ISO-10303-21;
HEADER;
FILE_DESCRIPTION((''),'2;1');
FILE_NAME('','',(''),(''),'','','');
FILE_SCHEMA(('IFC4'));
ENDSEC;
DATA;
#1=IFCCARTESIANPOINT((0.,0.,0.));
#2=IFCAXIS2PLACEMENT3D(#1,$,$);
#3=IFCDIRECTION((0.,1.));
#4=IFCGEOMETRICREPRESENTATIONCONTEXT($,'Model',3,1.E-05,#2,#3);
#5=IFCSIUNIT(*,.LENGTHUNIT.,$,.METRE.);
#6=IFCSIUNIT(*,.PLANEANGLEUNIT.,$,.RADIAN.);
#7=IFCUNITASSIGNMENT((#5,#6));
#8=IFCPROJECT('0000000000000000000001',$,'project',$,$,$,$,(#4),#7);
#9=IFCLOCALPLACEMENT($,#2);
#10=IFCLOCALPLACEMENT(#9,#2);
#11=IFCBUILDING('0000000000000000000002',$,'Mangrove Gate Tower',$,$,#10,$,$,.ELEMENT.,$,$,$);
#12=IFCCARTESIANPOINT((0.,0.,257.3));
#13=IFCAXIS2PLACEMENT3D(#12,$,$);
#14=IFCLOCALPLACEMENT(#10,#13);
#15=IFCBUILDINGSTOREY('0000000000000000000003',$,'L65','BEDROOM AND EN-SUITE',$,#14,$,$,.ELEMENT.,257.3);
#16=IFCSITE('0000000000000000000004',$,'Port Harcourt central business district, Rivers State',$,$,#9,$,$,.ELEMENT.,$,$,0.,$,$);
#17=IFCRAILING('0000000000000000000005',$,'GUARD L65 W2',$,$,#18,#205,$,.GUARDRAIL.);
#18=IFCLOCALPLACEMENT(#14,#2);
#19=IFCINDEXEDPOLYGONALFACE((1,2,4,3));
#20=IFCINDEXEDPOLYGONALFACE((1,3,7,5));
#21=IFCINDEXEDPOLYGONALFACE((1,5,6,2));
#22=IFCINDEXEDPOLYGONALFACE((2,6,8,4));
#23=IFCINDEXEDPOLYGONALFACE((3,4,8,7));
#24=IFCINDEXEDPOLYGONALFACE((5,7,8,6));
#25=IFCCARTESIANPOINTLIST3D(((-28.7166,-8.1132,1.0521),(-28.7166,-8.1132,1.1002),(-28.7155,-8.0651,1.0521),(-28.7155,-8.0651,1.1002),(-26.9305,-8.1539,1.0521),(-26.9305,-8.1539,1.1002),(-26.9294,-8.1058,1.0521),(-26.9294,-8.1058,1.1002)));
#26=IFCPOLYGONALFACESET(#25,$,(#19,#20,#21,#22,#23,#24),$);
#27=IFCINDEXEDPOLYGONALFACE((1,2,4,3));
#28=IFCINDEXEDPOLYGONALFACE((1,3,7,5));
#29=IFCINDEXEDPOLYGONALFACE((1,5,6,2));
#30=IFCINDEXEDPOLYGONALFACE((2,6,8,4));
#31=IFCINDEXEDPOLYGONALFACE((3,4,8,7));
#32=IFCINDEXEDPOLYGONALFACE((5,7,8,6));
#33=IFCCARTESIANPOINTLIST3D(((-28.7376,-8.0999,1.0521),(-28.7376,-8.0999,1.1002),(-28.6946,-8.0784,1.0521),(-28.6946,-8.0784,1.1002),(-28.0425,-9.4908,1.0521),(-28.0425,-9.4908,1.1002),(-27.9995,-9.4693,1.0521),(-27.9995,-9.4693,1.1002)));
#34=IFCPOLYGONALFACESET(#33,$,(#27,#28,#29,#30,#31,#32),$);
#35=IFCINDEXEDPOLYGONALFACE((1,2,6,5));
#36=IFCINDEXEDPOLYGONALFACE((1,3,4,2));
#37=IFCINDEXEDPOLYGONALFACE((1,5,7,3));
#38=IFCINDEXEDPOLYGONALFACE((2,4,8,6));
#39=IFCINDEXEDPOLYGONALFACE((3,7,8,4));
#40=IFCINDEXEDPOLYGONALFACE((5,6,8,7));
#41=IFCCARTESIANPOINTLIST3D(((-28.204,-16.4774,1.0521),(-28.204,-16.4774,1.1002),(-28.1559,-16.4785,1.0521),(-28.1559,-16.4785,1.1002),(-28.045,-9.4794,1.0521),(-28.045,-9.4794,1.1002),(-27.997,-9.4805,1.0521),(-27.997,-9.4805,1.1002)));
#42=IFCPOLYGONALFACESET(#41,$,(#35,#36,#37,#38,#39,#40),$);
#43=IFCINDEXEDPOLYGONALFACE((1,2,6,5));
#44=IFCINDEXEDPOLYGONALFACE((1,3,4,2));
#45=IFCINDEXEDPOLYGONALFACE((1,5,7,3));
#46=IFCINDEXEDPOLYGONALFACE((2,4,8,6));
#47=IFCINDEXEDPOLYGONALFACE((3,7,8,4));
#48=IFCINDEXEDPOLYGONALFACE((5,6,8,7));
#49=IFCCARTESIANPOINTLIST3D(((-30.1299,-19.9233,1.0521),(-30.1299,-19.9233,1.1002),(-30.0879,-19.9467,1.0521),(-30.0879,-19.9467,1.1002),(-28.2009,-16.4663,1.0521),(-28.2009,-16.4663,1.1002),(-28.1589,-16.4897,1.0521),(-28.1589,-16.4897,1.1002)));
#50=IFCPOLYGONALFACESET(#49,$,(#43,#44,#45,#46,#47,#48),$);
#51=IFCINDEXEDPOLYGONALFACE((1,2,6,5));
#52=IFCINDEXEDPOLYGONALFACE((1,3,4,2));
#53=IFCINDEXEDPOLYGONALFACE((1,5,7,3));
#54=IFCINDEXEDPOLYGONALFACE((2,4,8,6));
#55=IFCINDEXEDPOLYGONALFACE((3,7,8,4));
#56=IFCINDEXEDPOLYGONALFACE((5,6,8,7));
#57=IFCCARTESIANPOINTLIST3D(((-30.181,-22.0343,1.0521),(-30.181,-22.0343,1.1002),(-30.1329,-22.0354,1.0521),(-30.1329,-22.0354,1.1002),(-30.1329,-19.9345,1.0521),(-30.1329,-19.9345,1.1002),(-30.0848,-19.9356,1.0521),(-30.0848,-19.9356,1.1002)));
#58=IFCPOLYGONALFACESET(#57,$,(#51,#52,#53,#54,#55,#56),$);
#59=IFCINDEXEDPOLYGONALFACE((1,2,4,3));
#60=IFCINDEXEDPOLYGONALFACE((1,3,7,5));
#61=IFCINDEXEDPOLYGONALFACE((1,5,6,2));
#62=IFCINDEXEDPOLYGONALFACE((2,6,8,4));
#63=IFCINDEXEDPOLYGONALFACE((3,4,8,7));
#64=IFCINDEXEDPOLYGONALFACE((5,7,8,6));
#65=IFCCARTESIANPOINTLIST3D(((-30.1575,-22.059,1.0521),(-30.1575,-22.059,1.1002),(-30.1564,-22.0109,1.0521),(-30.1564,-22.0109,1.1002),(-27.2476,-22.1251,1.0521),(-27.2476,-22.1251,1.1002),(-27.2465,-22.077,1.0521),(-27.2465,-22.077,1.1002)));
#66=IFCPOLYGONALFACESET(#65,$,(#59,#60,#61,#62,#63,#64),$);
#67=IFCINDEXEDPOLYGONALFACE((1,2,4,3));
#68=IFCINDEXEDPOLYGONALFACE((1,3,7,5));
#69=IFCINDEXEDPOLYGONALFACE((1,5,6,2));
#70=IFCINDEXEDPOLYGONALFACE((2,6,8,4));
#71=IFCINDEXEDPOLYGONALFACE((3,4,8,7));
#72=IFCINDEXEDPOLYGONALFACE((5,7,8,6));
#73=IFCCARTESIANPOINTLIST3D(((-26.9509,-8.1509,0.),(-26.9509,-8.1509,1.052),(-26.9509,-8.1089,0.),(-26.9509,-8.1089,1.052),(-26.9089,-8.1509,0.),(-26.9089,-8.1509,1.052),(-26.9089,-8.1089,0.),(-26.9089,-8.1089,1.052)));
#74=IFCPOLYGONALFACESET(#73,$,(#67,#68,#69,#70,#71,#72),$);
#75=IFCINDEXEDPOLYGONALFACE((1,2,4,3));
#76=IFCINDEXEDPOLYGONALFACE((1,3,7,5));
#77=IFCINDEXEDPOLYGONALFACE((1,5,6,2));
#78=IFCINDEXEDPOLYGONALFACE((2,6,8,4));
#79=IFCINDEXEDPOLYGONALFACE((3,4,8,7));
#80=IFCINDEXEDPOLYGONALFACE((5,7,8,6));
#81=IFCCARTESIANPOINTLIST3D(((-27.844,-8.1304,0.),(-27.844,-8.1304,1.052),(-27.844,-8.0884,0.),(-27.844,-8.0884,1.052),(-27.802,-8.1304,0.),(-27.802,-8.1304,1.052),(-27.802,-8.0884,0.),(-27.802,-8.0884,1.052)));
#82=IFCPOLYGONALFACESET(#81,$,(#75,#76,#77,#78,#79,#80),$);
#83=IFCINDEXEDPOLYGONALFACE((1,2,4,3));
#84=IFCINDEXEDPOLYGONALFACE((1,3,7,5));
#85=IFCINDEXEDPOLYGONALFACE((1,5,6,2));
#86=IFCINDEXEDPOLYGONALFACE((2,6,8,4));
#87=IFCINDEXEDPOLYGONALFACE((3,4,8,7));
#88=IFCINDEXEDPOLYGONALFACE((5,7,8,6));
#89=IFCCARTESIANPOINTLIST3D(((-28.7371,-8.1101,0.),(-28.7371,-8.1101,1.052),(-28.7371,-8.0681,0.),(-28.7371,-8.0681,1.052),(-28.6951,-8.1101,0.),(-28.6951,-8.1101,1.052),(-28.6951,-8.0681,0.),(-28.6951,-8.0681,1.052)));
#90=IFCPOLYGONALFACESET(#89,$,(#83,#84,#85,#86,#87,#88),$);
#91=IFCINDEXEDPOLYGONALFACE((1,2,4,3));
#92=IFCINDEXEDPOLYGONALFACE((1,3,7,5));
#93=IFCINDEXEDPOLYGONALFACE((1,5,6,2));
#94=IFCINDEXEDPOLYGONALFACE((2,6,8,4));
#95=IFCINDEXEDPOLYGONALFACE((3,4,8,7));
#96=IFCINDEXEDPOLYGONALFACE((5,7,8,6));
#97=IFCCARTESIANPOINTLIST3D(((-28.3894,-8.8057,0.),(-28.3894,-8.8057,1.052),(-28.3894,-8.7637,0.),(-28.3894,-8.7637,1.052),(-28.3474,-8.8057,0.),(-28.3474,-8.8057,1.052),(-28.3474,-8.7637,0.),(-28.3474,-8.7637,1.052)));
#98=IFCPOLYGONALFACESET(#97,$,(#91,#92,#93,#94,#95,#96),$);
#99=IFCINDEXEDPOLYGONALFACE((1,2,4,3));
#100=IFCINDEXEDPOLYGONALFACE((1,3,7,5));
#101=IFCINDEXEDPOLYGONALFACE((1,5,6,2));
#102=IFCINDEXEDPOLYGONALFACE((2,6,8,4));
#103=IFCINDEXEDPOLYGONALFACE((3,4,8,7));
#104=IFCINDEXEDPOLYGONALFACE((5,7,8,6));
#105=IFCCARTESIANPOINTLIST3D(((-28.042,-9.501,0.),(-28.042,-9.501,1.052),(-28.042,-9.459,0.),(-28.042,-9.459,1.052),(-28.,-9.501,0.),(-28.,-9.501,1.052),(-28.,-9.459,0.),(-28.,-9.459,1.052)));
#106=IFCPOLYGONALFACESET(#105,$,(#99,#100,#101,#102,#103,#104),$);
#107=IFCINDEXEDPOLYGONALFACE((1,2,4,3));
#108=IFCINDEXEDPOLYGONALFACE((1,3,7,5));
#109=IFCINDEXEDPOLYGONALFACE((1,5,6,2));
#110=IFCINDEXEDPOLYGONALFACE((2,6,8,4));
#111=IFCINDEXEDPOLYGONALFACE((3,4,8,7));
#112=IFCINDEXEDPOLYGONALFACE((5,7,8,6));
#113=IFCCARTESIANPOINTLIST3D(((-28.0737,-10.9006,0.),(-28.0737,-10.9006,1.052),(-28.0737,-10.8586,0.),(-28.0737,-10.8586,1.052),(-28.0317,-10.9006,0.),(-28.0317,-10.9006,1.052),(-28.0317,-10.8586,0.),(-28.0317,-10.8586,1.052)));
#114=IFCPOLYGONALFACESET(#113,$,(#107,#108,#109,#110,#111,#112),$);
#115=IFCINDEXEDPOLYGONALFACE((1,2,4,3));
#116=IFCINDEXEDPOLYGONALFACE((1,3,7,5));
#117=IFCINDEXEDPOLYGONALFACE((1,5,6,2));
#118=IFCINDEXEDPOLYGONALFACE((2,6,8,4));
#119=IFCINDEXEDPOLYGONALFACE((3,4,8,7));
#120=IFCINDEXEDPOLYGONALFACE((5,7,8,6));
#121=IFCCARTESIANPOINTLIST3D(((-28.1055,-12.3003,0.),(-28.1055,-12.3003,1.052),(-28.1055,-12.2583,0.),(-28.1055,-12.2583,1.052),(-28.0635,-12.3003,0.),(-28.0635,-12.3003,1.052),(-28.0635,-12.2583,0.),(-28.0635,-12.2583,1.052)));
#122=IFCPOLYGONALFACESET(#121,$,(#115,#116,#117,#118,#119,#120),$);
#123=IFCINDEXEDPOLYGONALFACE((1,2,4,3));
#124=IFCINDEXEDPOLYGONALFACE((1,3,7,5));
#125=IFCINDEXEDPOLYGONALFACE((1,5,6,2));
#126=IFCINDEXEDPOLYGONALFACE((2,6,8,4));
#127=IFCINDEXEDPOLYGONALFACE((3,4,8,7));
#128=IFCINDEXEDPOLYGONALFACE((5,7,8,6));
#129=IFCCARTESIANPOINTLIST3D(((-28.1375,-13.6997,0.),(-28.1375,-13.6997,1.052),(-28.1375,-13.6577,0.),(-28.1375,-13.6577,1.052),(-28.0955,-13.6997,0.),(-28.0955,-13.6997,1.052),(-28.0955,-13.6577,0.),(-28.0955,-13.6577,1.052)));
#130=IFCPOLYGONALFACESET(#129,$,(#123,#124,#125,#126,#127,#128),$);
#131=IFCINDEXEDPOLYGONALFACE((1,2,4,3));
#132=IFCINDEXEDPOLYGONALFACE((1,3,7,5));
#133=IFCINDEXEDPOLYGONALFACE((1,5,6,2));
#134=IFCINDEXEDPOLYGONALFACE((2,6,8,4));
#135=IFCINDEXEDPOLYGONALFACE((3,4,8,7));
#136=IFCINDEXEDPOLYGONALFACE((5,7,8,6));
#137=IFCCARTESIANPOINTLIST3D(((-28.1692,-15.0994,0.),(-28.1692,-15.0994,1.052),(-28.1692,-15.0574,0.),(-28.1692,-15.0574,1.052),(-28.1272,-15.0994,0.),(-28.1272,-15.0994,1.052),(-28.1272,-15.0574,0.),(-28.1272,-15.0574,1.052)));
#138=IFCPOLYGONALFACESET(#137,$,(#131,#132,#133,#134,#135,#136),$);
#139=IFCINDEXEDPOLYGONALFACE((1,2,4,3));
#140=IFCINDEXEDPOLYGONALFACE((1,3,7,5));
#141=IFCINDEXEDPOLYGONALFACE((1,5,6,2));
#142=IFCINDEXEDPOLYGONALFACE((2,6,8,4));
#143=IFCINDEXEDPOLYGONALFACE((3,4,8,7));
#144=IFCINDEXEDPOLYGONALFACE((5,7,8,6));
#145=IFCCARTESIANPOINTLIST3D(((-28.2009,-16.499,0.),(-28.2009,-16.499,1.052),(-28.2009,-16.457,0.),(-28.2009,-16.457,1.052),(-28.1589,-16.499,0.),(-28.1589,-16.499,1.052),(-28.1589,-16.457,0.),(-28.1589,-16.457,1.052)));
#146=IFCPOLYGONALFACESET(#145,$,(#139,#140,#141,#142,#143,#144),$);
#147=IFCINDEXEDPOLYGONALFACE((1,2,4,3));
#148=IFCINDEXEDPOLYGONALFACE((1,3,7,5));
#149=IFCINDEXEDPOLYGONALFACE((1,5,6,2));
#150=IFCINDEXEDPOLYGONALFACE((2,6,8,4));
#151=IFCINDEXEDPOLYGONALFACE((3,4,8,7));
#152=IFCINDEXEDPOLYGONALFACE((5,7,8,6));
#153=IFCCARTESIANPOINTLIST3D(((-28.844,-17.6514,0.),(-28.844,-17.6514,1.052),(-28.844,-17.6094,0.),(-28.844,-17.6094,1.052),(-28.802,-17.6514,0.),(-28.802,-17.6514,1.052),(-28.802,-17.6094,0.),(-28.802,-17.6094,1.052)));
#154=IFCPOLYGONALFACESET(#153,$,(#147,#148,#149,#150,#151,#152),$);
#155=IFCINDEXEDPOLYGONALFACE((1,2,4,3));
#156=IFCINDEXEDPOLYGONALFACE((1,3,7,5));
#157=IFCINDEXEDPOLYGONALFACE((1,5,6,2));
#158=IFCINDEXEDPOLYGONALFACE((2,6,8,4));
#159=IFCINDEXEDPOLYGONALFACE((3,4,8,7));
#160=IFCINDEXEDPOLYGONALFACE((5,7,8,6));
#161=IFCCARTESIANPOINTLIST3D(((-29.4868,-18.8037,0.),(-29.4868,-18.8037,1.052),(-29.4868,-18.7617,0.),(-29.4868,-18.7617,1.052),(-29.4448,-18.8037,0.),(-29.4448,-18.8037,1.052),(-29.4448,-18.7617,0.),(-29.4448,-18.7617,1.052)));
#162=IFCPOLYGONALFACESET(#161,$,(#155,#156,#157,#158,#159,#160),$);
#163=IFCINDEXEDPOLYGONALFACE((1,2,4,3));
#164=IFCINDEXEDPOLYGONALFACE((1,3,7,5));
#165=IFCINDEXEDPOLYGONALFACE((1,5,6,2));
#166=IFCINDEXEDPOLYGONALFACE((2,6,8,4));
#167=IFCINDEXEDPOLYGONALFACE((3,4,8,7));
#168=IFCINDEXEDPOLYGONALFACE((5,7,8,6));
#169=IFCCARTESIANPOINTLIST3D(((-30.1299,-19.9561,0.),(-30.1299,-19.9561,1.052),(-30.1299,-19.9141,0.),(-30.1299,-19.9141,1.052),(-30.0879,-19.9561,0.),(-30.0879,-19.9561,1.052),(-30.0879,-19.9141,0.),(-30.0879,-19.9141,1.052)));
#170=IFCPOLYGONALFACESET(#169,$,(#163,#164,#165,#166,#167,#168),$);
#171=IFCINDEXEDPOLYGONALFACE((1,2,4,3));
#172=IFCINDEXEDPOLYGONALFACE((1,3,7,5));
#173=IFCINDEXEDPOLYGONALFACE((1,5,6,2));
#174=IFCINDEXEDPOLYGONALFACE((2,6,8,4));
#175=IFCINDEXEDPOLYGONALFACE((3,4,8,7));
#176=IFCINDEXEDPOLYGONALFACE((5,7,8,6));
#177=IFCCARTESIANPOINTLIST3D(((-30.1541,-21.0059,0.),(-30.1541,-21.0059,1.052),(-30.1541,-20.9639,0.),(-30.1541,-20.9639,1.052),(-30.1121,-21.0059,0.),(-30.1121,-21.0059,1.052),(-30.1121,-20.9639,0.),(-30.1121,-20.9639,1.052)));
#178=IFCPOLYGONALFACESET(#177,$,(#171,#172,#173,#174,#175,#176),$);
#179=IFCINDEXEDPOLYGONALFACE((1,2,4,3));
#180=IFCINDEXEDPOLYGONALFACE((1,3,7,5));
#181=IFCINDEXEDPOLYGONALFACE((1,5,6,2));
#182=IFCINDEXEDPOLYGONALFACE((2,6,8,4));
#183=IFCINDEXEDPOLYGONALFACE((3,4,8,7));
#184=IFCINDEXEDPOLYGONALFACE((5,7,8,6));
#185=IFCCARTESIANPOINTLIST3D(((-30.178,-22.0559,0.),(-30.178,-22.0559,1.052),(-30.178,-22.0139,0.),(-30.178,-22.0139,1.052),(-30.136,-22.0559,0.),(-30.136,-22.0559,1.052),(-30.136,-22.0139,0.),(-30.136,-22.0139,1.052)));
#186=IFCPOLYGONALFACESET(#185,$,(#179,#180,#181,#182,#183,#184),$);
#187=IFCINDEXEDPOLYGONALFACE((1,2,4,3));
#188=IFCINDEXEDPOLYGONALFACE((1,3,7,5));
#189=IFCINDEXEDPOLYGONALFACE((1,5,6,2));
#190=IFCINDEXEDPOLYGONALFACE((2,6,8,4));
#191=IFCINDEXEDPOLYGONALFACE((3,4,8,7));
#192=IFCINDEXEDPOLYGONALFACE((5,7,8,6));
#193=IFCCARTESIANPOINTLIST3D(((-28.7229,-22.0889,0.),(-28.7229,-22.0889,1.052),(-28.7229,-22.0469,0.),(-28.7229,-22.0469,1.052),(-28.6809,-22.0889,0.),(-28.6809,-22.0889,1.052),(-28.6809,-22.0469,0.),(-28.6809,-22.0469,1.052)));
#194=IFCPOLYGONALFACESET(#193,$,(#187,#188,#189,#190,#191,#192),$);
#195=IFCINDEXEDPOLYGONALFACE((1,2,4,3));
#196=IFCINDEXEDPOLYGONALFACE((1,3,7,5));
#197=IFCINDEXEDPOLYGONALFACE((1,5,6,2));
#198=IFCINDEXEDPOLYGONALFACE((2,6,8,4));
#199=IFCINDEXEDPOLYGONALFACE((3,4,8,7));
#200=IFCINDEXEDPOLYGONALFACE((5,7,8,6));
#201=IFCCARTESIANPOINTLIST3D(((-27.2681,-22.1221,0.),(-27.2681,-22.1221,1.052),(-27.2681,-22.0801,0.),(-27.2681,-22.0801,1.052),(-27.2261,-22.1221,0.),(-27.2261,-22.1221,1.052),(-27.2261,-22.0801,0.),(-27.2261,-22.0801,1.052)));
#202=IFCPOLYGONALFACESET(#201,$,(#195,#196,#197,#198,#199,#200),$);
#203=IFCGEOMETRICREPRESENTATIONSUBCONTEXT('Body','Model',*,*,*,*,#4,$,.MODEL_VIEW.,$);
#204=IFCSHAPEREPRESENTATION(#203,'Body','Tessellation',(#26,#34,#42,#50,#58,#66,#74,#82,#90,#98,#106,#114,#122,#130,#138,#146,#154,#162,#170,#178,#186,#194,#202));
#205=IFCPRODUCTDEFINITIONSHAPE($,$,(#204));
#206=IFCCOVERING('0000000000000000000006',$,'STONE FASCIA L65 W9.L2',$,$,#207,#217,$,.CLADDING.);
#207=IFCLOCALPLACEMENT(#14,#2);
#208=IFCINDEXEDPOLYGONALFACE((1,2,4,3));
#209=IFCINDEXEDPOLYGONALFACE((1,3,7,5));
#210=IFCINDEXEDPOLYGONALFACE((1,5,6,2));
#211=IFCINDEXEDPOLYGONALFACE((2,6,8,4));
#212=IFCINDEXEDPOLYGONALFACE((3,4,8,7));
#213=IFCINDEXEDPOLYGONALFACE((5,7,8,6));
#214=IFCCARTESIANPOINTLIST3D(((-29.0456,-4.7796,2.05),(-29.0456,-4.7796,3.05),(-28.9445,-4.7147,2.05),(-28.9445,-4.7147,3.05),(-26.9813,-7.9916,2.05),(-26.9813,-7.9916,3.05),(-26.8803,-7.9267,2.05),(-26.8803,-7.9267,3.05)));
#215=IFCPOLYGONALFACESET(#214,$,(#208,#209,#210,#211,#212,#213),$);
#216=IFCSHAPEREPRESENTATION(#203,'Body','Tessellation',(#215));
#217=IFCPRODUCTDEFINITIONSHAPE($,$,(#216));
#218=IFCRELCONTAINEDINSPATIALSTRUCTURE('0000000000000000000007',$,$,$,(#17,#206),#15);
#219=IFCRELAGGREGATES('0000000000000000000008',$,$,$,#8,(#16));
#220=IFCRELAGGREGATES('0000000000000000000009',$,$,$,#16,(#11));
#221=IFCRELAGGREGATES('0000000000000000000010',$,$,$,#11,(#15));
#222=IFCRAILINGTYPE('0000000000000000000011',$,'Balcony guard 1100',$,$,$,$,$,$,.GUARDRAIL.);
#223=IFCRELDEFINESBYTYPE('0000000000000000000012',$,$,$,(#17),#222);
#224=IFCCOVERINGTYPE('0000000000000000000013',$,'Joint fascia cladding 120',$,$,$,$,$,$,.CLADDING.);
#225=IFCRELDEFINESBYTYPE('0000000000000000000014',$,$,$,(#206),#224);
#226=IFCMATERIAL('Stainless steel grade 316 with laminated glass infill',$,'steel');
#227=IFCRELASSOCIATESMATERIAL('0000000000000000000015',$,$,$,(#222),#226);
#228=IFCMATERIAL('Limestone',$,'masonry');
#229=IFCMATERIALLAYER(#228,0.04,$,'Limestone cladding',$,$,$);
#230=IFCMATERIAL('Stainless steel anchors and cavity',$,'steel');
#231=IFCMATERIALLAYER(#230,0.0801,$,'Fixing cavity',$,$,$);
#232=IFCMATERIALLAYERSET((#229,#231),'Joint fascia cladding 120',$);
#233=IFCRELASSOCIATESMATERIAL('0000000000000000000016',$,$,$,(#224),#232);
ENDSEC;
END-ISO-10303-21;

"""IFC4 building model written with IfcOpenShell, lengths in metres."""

from ifc_helpers import new_model, si_unit, direction, frame, frame_2d, origin, origin_2d, place, context, subcontext, project, spatial, rectangle, extrude, material, layer, layer_set, type_object, element, save


model = new_model("IFC4")

# Units and contexts
model_context = context("Model", 3, precision=1e-05, world=origin(), true_north=direction((0.0, 1.0)))
body_context = subcontext(model_context, "Body", "Model", "MODEL_VIEW")
ifc_project = project(units=[si_unit("LENGTHUNIT", "METRE"), si_unit("PLANEANGLEUNIT", "RADIAN")], contexts=[model_context])

# Site, building, storey
site_placement = place(None, origin())
site = spatial("IfcSite", under=ifc_project, at=site_placement, Name="Port Harcourt central business district, Rivers State", CompositionType="ELEMENT", RefElevation=0.0)
building_placement = place(site_placement, origin())
building = spatial("IfcBuilding", under=site, at=building_placement, Name="Mangrove Gate Tower", CompositionType="ELEMENT")
storey_placement = place(building_placement, frame((0.0, 0.0, 257.3)))
storey = spatial("IfcBuildingStorey", under=building, at=storey_placement, Name="L65", Description="BEDROOM AND EN-SUITE", CompositionType="ELEMENT", Elevation=257.3)

# Shared definitions
ifc_material_1 = material(Name="Limestone", Category="masonry")

# Railing
ifc_material_2 = material(Name="Stainless steel grade 316 with laminated glass infill", Category="steel")
railing_type = type_object("IfcRailingType", Name="Balcony guard 1100", PredefinedType="GUARDRAIL", material=ifc_material_2)
railing_placement = place(storey_placement, frame((-26.9299, -8.1299, 0.0)))
element("IfcRailing", 1, at=railing_placement, inside=storey, type_object=railing_type, Name="GUARD L65 W2", PredefinedType="GUARDRAIL", context=body_context, shape_type="SweptSolid", body=[
    extrude(rectangle(XDim=0.0481, YDim=0.0481, at=origin_2d()), frame((0.0, 0.0, 1.0762), z_axis=(-0.99974, 0.022821, 0.0), x_axis=(-0.022821, -0.99974, 0.0)), (0.0, 0.0, 1.0), 1.7866),
    extrude(rectangle(XDim=0.0481, YDim=0.0481, at=origin_2d()), frame((-1.7861, 0.0408, 1.0762), z_axis=(0.447025, -0.894521, 0.0), x_axis=(0.894521, 0.447025, 0.0)), (0.0, 0.0, 1.0), 1.5549),
    extrude(rectangle(XDim=0.0481, YDim=0.0481, at=origin_2d()), frame((-1.0911, -1.3501, 1.0762), z_axis=(-0.022706, -0.999742, 0.0), x_axis=(0.999742, -0.022706, 0.0)), (0.0, 0.0, 1.0), 6.9998),
    extrude(rectangle(XDim=0.0481, YDim=0.0481, at=origin_2d()), frame((-1.25, -8.3481, 1.0762), z_axis=(-0.48726, -0.873257, 0.0), x_axis=(0.873257, -0.48726, 0.0)), (0.0, 0.0, 1.0), 3.9587),
    extrude(rectangle(XDim=0.0481, YDim=0.0481, at=origin_2d()), frame((-3.179, -11.8052, 1.0762), z_axis=(-0.022898, -0.999738, 0.0), x_axis=(0.999738, -0.022898, 0.0)), (0.0, 0.0, 1.0), 2.1003),
    extrude(rectangle(XDim=0.0481, YDim=0.0481, at=origin_2d()), frame((-3.2271, -13.905, 1.0762), z_axis=(0.999742, -0.022731, 0.0), x_axis=(0.022731, 0.999742, 0.0)), (0.0, 0.0, 1.0), 2.9106),
    extrude(rectangle(XDim=0.042, YDim=0.042, at=origin_2d()), origin(), (0.0, 0.0, 1.0), 1.052),
    extrude(rectangle(XDim=0.042, YDim=0.042, at=origin_2d()), frame((-0.8931, 0.0205, 0.0)), (0.0, 0.0, 1.0), 1.052),
    extrude(rectangle(XDim=0.042, YDim=0.042, at=origin_2d()), frame((-1.7861, 0.0408, 0.0)), (0.0, 0.0, 1.0), 1.052),
    extrude(rectangle(XDim=0.042, YDim=0.042, at=origin_2d()), frame((-1.4385, -0.6548, 0.0)), (0.0, 0.0, 1.0), 1.052),
    extrude(rectangle(XDim=0.042, YDim=0.042, at=origin_2d()), frame((-1.0911, -1.3501, 0.0)), (0.0, 0.0, 1.0), 1.052),
    extrude(rectangle(XDim=0.042, YDim=0.042, at=origin_2d()), frame((-1.1228, -2.7498, 0.0)), (0.0, 0.0, 1.0), 1.052),
    extrude(rectangle(XDim=0.042, YDim=0.042, at=origin_2d()), frame((-1.1545, -4.1494, 0.0)), (0.0, 0.0, 1.0), 1.052),
    extrude(rectangle(XDim=0.042, YDim=0.042, at=origin_2d()), frame((-1.1865, -5.5488, 0.0)), (0.0, 0.0, 1.0), 1.052),
    extrude(rectangle(XDim=0.042, YDim=0.042, at=origin_2d()), frame((-1.2183, -6.9485, 0.0)), (0.0, 0.0, 1.0), 1.052),
    extrude(rectangle(XDim=0.042, YDim=0.042, at=origin_2d()), frame((-1.25, -8.3481, 0.0)), (0.0, 0.0, 1.0), 1.052),
    extrude(rectangle(XDim=0.042, YDim=0.042, at=origin_2d()), frame((-1.8931, -9.5005, 0.0)), (0.0, 0.0, 1.0), 1.052),
    extrude(rectangle(XDim=0.042, YDim=0.042, at=origin_2d()), frame((-2.5359, -10.6528, 0.0)), (0.0, 0.0, 1.0), 1.052),
    extrude(rectangle(XDim=0.042, YDim=0.042, at=origin_2d()), frame((-3.179, -11.8052, 0.0)), (0.0, 0.0, 1.0), 1.052),
    extrude(rectangle(XDim=0.042, YDim=0.042, at=origin_2d()), frame((-3.2031, -12.855, 0.0)), (0.0, 0.0, 1.0), 1.052),
    extrude(rectangle(XDim=0.042, YDim=0.042, at=origin_2d()), frame((-3.2271, -13.905, 0.0)), (0.0, 0.0, 1.0), 1.052),
    extrude(rectangle(XDim=0.042, YDim=0.042, at=origin_2d()), frame((-1.772, -13.938, 0.0)), (0.0, 0.0, 1.0), 1.052),
    extrude(rectangle(XDim=0.042, YDim=0.042, at=origin_2d()), frame((-0.3171, -13.9712, 0.0)), (0.0, 0.0, 1.0), 1.052),
])

# Covering
ifc_layer_1 = layer(ifc_material_1, 0.04, Name="Limestone cladding")
ifc_material_3 = material(Name="Stainless steel anchors and cavity", Category="steel")
ifc_layer_2 = layer(ifc_material_3, 0.0801, Name="Fixing cavity")
ifc_layer_set_1 = layer_set([ifc_layer_1, ifc_layer_2], Name="Joint fascia cladding 120")
covering_type = type_object("IfcCoveringType", Name="Joint fascia cladding 120", PredefinedType="CLADDING", material=ifc_layer_set_1)
covering_placement = place(storey_placement, frame((-28.9951, -4.7471, 2.05), z_axis=(0.0, 0.0, 1.0), x_axis=(0.540648, -0.841249, 0.0)))
element("IfcCovering", 2, at=covering_placement, inside=storey, type_object=covering_type, Name="STONE FASCIA L65 W9.L2", PredefinedType="CLADDING", context=body_context, shape_type="SweptSolid", body=[
    extrude(rectangle(XDim=3.8181, YDim=0.1201, at=frame_2d((1.9092, 0.0))), origin(), (0.0, 0.0, 1.0), 1.0),
])

save(model, "model.ifc")
